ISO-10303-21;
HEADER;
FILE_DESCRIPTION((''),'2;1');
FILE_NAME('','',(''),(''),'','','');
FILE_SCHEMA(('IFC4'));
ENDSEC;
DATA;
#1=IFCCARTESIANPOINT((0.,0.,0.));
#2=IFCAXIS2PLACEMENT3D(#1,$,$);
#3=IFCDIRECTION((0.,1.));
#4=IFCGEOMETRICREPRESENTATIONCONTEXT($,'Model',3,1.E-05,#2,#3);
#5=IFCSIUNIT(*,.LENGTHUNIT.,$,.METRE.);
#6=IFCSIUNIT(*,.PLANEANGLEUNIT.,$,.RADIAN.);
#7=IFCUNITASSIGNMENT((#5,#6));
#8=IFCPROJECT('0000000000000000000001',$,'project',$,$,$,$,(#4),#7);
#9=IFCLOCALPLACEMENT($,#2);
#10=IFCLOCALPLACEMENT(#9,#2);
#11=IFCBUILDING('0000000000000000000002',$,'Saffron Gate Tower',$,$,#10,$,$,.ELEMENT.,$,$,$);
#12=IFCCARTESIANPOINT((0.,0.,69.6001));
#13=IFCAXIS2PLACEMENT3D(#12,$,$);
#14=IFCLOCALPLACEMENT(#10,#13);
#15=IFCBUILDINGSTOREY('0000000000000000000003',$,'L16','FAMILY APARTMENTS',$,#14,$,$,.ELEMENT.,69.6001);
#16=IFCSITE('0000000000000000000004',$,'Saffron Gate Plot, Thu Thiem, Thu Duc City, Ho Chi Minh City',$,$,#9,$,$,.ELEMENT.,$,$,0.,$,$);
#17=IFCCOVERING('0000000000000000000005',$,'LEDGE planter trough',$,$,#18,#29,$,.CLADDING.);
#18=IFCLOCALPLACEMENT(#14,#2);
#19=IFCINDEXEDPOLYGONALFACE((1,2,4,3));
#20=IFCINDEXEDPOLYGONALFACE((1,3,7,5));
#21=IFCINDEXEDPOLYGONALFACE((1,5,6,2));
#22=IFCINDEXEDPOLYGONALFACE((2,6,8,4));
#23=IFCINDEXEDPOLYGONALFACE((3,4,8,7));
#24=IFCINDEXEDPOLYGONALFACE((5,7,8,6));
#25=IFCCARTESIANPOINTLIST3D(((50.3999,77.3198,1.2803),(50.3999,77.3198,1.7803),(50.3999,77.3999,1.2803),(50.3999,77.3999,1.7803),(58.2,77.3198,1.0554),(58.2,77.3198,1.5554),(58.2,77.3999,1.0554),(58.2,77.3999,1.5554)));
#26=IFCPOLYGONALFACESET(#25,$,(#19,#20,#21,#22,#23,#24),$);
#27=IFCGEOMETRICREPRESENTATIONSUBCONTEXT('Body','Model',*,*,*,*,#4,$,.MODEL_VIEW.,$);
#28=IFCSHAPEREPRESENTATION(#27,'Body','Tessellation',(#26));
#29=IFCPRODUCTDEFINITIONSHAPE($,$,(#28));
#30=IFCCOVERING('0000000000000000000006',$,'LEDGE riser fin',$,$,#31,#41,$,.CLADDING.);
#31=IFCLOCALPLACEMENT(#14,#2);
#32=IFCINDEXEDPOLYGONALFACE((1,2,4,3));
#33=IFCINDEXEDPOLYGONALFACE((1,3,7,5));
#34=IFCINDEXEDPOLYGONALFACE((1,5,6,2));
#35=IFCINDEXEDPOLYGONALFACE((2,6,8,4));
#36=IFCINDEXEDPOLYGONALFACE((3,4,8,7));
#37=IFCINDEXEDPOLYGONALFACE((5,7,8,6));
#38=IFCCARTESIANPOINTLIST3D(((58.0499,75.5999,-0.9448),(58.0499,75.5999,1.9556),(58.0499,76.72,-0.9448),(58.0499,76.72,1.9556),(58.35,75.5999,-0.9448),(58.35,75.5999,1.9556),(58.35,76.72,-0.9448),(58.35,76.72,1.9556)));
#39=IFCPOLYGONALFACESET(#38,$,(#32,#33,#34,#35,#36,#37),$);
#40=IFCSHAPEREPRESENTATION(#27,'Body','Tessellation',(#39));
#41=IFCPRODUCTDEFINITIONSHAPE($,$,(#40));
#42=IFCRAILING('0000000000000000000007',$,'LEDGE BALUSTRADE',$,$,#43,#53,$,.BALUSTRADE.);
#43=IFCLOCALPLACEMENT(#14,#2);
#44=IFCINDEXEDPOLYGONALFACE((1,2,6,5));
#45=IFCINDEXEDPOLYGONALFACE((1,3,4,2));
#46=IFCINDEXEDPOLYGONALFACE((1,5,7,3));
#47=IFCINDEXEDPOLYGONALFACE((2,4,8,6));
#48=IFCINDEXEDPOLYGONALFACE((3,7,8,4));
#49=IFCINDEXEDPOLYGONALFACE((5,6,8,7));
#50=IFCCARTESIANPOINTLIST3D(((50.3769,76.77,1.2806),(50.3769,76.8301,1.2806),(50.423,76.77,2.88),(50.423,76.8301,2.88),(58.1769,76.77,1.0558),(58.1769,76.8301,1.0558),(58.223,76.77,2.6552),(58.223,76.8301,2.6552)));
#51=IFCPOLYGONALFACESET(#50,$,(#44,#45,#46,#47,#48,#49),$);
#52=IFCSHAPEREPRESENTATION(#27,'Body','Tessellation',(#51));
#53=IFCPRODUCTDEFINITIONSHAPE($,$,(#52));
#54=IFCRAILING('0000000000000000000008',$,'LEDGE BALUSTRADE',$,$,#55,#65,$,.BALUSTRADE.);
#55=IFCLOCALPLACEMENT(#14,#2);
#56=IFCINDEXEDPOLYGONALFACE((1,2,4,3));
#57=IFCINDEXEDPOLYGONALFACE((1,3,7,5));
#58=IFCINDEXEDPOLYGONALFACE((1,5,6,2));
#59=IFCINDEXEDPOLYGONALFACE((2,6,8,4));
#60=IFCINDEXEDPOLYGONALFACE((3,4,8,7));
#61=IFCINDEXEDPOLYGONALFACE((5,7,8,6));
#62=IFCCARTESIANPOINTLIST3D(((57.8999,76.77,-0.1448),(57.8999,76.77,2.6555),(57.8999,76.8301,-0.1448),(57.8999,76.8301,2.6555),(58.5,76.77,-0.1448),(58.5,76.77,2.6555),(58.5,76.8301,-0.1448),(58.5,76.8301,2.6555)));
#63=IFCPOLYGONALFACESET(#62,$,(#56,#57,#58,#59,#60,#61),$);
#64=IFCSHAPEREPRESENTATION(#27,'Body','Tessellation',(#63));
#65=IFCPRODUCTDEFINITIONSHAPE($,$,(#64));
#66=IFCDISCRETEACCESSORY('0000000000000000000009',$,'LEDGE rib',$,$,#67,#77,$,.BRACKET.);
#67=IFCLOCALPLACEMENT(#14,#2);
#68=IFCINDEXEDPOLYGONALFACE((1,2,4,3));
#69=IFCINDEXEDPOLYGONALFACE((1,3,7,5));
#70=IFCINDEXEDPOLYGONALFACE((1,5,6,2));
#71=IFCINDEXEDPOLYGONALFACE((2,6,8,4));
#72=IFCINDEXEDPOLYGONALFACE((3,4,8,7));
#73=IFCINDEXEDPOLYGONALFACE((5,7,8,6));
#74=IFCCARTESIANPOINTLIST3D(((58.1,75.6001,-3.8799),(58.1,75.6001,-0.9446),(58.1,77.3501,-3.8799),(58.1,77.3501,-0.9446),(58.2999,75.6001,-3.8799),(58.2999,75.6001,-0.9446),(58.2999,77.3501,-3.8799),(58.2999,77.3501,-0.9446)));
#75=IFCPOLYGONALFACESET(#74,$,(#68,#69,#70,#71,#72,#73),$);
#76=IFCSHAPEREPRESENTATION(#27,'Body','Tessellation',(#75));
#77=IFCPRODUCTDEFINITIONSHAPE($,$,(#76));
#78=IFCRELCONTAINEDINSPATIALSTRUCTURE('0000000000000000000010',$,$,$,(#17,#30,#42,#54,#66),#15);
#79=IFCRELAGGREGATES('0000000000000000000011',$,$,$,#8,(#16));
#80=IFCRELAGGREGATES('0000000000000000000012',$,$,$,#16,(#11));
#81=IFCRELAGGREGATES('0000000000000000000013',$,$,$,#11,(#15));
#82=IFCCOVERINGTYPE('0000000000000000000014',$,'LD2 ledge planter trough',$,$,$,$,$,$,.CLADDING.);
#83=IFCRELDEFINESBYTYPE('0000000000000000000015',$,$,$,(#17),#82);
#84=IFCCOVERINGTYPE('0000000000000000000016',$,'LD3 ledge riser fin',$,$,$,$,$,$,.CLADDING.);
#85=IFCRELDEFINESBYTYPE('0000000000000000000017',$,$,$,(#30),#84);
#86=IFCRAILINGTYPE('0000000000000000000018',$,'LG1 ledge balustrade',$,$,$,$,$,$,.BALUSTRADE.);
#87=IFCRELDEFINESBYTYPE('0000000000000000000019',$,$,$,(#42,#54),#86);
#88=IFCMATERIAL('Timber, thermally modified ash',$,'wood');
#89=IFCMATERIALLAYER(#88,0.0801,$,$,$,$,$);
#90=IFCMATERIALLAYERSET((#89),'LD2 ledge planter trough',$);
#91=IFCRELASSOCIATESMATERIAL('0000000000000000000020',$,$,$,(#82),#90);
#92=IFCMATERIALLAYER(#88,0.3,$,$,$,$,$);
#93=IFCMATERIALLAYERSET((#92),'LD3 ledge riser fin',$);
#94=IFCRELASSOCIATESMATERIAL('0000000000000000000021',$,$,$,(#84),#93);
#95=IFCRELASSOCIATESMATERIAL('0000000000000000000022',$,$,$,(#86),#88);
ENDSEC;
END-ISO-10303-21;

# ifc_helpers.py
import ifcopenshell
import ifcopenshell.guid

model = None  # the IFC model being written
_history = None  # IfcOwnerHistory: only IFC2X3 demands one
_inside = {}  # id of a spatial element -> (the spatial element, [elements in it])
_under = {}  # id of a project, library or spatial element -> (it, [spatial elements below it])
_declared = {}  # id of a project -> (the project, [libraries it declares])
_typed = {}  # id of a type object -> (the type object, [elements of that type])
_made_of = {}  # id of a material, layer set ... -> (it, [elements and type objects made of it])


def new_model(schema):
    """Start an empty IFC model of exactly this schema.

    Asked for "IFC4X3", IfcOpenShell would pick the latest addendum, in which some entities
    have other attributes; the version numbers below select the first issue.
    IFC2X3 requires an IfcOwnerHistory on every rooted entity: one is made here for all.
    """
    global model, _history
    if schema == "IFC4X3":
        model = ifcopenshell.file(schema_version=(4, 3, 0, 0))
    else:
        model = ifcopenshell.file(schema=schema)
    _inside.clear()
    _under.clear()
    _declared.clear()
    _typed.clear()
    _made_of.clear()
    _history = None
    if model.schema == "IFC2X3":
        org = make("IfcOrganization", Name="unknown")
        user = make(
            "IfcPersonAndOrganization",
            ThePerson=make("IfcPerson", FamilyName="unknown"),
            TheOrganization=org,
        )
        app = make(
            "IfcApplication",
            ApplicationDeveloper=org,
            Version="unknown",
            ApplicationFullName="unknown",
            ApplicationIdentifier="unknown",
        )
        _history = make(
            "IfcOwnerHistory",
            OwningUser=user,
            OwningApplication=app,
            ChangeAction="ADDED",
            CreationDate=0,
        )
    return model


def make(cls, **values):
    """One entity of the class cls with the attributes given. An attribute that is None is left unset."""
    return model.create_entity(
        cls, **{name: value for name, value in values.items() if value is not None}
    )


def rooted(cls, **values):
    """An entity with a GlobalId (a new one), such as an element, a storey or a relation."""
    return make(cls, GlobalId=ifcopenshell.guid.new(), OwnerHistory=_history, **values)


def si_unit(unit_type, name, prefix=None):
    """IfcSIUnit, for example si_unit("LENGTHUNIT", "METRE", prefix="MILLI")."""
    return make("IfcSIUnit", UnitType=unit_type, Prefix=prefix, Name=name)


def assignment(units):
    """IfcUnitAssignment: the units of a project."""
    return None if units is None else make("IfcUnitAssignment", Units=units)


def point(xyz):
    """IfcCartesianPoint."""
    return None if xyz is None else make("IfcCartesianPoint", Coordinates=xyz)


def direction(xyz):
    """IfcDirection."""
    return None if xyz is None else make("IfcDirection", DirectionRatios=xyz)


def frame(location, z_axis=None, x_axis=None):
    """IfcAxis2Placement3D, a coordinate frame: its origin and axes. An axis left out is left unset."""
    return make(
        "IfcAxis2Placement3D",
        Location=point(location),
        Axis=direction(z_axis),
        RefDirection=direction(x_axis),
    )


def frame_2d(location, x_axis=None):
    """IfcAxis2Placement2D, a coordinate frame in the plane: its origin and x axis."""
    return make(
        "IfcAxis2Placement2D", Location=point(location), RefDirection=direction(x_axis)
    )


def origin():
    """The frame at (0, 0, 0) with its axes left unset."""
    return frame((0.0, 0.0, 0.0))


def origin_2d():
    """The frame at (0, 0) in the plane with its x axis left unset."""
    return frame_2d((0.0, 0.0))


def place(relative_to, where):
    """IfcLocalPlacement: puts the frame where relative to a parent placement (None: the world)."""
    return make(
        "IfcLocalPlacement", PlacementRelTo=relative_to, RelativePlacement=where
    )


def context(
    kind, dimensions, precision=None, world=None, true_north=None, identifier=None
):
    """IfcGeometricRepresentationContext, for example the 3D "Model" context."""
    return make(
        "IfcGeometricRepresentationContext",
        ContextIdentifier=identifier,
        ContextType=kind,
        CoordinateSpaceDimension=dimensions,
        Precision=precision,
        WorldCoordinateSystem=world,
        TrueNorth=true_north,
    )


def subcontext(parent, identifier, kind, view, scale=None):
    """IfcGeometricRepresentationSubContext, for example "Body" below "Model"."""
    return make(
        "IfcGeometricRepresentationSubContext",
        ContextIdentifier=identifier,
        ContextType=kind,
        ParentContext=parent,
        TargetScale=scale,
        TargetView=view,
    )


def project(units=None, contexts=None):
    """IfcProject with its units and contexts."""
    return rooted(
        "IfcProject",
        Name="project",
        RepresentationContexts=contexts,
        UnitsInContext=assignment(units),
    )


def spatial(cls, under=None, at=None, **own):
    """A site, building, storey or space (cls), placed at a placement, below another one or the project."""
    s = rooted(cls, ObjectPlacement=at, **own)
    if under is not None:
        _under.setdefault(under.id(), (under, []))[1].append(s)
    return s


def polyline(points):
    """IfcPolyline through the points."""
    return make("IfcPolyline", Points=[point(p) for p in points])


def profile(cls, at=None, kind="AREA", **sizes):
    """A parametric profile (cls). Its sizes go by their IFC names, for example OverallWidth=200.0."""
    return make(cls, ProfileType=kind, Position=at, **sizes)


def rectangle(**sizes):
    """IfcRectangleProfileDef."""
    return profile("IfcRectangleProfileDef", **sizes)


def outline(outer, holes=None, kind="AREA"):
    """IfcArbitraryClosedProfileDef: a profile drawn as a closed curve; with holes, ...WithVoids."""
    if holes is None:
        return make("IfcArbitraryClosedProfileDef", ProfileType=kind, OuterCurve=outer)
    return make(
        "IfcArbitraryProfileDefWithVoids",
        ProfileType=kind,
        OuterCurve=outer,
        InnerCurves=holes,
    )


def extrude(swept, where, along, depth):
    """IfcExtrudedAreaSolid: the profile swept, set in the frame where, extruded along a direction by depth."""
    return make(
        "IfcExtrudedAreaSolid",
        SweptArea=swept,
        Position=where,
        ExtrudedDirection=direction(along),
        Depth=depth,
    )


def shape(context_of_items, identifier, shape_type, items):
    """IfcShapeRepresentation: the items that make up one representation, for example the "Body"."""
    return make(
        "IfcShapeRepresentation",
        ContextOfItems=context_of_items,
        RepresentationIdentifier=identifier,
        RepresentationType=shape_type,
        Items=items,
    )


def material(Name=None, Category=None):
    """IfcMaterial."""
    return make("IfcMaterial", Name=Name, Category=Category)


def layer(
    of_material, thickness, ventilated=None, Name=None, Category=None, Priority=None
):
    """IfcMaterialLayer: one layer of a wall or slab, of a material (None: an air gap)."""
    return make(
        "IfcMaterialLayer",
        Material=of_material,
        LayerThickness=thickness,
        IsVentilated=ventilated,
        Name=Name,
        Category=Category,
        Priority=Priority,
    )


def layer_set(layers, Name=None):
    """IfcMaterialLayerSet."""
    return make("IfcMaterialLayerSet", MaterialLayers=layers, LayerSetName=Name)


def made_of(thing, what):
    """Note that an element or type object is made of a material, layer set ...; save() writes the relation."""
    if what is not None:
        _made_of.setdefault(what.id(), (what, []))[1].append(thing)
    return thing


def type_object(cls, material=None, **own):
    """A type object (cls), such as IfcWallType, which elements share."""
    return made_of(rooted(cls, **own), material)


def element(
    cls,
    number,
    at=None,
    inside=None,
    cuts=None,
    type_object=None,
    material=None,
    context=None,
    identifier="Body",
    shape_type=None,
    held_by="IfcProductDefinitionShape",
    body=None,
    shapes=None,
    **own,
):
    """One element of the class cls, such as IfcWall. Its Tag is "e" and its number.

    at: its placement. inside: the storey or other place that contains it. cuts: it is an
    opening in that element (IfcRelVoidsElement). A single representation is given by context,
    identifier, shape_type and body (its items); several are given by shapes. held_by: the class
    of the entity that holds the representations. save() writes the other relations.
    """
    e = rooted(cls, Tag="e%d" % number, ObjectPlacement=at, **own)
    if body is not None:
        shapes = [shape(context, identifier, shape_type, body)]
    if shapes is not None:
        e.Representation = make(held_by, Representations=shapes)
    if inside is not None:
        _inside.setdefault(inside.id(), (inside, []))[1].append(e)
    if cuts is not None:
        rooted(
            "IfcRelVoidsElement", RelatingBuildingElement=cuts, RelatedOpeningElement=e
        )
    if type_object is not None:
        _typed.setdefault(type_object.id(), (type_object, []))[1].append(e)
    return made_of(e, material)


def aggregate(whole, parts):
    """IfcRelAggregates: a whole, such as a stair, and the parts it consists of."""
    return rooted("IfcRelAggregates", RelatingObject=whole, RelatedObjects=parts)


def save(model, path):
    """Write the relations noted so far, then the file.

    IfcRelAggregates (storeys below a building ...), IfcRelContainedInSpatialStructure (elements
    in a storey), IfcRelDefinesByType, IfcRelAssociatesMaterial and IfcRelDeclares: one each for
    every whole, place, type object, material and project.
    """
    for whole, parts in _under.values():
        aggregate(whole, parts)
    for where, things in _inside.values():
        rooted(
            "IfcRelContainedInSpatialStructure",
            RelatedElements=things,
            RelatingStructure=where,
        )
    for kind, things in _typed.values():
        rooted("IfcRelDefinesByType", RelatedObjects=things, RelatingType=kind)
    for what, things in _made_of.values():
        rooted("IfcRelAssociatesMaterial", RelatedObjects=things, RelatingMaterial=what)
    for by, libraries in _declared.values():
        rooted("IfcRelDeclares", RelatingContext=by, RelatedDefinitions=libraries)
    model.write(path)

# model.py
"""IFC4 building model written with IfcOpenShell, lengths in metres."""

from ifc_helpers import new_model, si_unit, direction, frame, origin, origin_2d, place, context, subcontext, project, spatial, polyline, rectangle, outline, extrude, material, layer, layer_set, type_object, element, save


model = new_model("IFC4")

# Units and contexts
model_context = context("Model", 3, precision=1e-05, world=origin(), true_north=direction((0.0, 1.0)))
body_context = subcontext(model_context, "Body", "Model", "MODEL_VIEW")
ifc_project = project(units=[si_unit("LENGTHUNIT", "METRE"), si_unit("PLANEANGLEUNIT", "RADIAN")], contexts=[model_context])

# Site, building, storey
site_placement = place(None, origin())
site = spatial("IfcSite", under=ifc_project, at=site_placement, Name="Saffron Gate Plot, Thu Thiem, Thu Duc City, Ho Chi Minh City", CompositionType="ELEMENT", RefElevation=0.0)
building_placement = place(site_placement, origin())
building = spatial("IfcBuilding", under=site, at=building_placement, Name="Saffron Gate Tower", CompositionType="ELEMENT")
storey_placement = place(building_placement, frame((0.0, 0.0, 69.6001)))
storey = spatial("IfcBuildingStorey", under=building, at=storey_placement, Name="L16", Description="FAMILY APARTMENTS", CompositionType="ELEMENT", Elevation=69.6001)

# Coverings
ifc_material_1 = material(Name="Timber, thermally modified ash", Category="wood")
ifc_layer_1 = layer(ifc_material_1, 0.0801)
ifc_layer_set_1 = layer_set([ifc_layer_1], Name="LD2 ledge planter trough")
covering_type_1 = type_object("IfcCoveringType", Name="LD2 ledge planter trough", PredefinedType="CLADDING", material=ifc_layer_set_1)
covering_1_placement = place(storey_placement, frame((58.2, 77.3999, 1.0554), z_axis=(0.0, 1.0, 0.0), x_axis=(-0.999585, 0.0, 0.028815)))
element("IfcCovering", 1, at=covering_1_placement, inside=storey, type_object=covering_type_1, Name="LEDGE planter trough", PredefinedType="CLADDING", context=body_context, shape_type="SweptSolid", body=[
    extrude(outline(polyline([(0.0, 0.0), (7.8033, 0.0), (7.8177, 0.4998), (0.0144, 0.4998), (0.0, 0.0)])), origin(), (0.0, 0.0, -1.0), 0.0801),
])
ifc_layer_2 = layer(ifc_material_1, 0.3)
ifc_layer_set_2 = layer_set([ifc_layer_2], Name="LD3 ledge riser fin")
covering_type_2 = type_object("IfcCoveringType", Name="LD3 ledge riser fin", PredefinedType="CLADDING", material=ifc_layer_set_2)
covering_2_placement = place(storey_placement, frame((58.2, 76.1599, -0.9448), z_axis=(0.0, 0.0, 1.0), x_axis=(-1.0, 0.0, 0.0)))
element("IfcCovering", 2, at=covering_2_placement, inside=storey, type_object=covering_type_2, Name="LEDGE riser fin", PredefinedType="CLADDING", context=body_context, shape_type="SweptSolid", body=[
    extrude(rectangle(XDim=0.3, YDim=1.1201, at=origin_2d()), origin(), (0.0, 0.0, 1.0), 2.9004),
])

# Railings
railing_type = type_object("IfcRailingType", Name="LG1 ledge balustrade", PredefinedType="BALUSTRADE", material=ifc_material_1)
railing_1_placement = place(storey_placement, frame((58.2, 76.8, 1.0554)))
element("IfcRailing", 3, at=railing_1_placement, inside=storey, type_object=railing_type, Name="LEDGE BALUSTRADE", PredefinedType="BALUSTRADE", context=body_context, shape_type="SweptSolid", body=[
    extrude(rectangle(XDim=0.0601, YDim=1.6001, at=origin_2d()), frame((0.0, 0.0, 0.8), z_axis=(-0.999585, 0.0, 0.028815), x_axis=(0.0, -1.0, 0.0)), (0.0, 0.0, 1.0), 7.8032),
])
railing_2_placement = place(storey_placement, frame((58.5, 76.8, -0.1448)))
element("IfcRailing", 4, at=railing_2_placement, inside=storey, type_object=railing_type, Name="LEDGE BALUSTRADE", PredefinedType="BALUSTRADE", context=body_context, shape_type="SweptSolid", body=[
    extrude(rectangle(XDim=0.0601, YDim=2.8003, at=origin_2d()), frame((0.0, 0.0, 1.4001), z_axis=(-1.0, 0.0, 0.0), x_axis=(0.0, -1.0, 0.0)), (0.0, 0.0, 1.0), 0.6001),
])

# Discrete accessory
discrete_accessory_placement = place(storey_placement, frame((58.2, 76.4751, -3.8799), z_axis=(0.0, 0.0, 1.0), x_axis=(-1.0, 0.0, 0.0)))
element("IfcDiscreteAccessory", 5, at=discrete_accessory_placement, inside=storey, Name="LEDGE rib", PredefinedType="BRACKET", context=body_context, shape_type="SweptSolid", body=[
    extrude(rectangle(XDim=0.2, YDim=1.75, at=origin_2d()), origin(), (0.0, 0.0, 1.0), 2.9353),
])

save(model, "model.ifc")
